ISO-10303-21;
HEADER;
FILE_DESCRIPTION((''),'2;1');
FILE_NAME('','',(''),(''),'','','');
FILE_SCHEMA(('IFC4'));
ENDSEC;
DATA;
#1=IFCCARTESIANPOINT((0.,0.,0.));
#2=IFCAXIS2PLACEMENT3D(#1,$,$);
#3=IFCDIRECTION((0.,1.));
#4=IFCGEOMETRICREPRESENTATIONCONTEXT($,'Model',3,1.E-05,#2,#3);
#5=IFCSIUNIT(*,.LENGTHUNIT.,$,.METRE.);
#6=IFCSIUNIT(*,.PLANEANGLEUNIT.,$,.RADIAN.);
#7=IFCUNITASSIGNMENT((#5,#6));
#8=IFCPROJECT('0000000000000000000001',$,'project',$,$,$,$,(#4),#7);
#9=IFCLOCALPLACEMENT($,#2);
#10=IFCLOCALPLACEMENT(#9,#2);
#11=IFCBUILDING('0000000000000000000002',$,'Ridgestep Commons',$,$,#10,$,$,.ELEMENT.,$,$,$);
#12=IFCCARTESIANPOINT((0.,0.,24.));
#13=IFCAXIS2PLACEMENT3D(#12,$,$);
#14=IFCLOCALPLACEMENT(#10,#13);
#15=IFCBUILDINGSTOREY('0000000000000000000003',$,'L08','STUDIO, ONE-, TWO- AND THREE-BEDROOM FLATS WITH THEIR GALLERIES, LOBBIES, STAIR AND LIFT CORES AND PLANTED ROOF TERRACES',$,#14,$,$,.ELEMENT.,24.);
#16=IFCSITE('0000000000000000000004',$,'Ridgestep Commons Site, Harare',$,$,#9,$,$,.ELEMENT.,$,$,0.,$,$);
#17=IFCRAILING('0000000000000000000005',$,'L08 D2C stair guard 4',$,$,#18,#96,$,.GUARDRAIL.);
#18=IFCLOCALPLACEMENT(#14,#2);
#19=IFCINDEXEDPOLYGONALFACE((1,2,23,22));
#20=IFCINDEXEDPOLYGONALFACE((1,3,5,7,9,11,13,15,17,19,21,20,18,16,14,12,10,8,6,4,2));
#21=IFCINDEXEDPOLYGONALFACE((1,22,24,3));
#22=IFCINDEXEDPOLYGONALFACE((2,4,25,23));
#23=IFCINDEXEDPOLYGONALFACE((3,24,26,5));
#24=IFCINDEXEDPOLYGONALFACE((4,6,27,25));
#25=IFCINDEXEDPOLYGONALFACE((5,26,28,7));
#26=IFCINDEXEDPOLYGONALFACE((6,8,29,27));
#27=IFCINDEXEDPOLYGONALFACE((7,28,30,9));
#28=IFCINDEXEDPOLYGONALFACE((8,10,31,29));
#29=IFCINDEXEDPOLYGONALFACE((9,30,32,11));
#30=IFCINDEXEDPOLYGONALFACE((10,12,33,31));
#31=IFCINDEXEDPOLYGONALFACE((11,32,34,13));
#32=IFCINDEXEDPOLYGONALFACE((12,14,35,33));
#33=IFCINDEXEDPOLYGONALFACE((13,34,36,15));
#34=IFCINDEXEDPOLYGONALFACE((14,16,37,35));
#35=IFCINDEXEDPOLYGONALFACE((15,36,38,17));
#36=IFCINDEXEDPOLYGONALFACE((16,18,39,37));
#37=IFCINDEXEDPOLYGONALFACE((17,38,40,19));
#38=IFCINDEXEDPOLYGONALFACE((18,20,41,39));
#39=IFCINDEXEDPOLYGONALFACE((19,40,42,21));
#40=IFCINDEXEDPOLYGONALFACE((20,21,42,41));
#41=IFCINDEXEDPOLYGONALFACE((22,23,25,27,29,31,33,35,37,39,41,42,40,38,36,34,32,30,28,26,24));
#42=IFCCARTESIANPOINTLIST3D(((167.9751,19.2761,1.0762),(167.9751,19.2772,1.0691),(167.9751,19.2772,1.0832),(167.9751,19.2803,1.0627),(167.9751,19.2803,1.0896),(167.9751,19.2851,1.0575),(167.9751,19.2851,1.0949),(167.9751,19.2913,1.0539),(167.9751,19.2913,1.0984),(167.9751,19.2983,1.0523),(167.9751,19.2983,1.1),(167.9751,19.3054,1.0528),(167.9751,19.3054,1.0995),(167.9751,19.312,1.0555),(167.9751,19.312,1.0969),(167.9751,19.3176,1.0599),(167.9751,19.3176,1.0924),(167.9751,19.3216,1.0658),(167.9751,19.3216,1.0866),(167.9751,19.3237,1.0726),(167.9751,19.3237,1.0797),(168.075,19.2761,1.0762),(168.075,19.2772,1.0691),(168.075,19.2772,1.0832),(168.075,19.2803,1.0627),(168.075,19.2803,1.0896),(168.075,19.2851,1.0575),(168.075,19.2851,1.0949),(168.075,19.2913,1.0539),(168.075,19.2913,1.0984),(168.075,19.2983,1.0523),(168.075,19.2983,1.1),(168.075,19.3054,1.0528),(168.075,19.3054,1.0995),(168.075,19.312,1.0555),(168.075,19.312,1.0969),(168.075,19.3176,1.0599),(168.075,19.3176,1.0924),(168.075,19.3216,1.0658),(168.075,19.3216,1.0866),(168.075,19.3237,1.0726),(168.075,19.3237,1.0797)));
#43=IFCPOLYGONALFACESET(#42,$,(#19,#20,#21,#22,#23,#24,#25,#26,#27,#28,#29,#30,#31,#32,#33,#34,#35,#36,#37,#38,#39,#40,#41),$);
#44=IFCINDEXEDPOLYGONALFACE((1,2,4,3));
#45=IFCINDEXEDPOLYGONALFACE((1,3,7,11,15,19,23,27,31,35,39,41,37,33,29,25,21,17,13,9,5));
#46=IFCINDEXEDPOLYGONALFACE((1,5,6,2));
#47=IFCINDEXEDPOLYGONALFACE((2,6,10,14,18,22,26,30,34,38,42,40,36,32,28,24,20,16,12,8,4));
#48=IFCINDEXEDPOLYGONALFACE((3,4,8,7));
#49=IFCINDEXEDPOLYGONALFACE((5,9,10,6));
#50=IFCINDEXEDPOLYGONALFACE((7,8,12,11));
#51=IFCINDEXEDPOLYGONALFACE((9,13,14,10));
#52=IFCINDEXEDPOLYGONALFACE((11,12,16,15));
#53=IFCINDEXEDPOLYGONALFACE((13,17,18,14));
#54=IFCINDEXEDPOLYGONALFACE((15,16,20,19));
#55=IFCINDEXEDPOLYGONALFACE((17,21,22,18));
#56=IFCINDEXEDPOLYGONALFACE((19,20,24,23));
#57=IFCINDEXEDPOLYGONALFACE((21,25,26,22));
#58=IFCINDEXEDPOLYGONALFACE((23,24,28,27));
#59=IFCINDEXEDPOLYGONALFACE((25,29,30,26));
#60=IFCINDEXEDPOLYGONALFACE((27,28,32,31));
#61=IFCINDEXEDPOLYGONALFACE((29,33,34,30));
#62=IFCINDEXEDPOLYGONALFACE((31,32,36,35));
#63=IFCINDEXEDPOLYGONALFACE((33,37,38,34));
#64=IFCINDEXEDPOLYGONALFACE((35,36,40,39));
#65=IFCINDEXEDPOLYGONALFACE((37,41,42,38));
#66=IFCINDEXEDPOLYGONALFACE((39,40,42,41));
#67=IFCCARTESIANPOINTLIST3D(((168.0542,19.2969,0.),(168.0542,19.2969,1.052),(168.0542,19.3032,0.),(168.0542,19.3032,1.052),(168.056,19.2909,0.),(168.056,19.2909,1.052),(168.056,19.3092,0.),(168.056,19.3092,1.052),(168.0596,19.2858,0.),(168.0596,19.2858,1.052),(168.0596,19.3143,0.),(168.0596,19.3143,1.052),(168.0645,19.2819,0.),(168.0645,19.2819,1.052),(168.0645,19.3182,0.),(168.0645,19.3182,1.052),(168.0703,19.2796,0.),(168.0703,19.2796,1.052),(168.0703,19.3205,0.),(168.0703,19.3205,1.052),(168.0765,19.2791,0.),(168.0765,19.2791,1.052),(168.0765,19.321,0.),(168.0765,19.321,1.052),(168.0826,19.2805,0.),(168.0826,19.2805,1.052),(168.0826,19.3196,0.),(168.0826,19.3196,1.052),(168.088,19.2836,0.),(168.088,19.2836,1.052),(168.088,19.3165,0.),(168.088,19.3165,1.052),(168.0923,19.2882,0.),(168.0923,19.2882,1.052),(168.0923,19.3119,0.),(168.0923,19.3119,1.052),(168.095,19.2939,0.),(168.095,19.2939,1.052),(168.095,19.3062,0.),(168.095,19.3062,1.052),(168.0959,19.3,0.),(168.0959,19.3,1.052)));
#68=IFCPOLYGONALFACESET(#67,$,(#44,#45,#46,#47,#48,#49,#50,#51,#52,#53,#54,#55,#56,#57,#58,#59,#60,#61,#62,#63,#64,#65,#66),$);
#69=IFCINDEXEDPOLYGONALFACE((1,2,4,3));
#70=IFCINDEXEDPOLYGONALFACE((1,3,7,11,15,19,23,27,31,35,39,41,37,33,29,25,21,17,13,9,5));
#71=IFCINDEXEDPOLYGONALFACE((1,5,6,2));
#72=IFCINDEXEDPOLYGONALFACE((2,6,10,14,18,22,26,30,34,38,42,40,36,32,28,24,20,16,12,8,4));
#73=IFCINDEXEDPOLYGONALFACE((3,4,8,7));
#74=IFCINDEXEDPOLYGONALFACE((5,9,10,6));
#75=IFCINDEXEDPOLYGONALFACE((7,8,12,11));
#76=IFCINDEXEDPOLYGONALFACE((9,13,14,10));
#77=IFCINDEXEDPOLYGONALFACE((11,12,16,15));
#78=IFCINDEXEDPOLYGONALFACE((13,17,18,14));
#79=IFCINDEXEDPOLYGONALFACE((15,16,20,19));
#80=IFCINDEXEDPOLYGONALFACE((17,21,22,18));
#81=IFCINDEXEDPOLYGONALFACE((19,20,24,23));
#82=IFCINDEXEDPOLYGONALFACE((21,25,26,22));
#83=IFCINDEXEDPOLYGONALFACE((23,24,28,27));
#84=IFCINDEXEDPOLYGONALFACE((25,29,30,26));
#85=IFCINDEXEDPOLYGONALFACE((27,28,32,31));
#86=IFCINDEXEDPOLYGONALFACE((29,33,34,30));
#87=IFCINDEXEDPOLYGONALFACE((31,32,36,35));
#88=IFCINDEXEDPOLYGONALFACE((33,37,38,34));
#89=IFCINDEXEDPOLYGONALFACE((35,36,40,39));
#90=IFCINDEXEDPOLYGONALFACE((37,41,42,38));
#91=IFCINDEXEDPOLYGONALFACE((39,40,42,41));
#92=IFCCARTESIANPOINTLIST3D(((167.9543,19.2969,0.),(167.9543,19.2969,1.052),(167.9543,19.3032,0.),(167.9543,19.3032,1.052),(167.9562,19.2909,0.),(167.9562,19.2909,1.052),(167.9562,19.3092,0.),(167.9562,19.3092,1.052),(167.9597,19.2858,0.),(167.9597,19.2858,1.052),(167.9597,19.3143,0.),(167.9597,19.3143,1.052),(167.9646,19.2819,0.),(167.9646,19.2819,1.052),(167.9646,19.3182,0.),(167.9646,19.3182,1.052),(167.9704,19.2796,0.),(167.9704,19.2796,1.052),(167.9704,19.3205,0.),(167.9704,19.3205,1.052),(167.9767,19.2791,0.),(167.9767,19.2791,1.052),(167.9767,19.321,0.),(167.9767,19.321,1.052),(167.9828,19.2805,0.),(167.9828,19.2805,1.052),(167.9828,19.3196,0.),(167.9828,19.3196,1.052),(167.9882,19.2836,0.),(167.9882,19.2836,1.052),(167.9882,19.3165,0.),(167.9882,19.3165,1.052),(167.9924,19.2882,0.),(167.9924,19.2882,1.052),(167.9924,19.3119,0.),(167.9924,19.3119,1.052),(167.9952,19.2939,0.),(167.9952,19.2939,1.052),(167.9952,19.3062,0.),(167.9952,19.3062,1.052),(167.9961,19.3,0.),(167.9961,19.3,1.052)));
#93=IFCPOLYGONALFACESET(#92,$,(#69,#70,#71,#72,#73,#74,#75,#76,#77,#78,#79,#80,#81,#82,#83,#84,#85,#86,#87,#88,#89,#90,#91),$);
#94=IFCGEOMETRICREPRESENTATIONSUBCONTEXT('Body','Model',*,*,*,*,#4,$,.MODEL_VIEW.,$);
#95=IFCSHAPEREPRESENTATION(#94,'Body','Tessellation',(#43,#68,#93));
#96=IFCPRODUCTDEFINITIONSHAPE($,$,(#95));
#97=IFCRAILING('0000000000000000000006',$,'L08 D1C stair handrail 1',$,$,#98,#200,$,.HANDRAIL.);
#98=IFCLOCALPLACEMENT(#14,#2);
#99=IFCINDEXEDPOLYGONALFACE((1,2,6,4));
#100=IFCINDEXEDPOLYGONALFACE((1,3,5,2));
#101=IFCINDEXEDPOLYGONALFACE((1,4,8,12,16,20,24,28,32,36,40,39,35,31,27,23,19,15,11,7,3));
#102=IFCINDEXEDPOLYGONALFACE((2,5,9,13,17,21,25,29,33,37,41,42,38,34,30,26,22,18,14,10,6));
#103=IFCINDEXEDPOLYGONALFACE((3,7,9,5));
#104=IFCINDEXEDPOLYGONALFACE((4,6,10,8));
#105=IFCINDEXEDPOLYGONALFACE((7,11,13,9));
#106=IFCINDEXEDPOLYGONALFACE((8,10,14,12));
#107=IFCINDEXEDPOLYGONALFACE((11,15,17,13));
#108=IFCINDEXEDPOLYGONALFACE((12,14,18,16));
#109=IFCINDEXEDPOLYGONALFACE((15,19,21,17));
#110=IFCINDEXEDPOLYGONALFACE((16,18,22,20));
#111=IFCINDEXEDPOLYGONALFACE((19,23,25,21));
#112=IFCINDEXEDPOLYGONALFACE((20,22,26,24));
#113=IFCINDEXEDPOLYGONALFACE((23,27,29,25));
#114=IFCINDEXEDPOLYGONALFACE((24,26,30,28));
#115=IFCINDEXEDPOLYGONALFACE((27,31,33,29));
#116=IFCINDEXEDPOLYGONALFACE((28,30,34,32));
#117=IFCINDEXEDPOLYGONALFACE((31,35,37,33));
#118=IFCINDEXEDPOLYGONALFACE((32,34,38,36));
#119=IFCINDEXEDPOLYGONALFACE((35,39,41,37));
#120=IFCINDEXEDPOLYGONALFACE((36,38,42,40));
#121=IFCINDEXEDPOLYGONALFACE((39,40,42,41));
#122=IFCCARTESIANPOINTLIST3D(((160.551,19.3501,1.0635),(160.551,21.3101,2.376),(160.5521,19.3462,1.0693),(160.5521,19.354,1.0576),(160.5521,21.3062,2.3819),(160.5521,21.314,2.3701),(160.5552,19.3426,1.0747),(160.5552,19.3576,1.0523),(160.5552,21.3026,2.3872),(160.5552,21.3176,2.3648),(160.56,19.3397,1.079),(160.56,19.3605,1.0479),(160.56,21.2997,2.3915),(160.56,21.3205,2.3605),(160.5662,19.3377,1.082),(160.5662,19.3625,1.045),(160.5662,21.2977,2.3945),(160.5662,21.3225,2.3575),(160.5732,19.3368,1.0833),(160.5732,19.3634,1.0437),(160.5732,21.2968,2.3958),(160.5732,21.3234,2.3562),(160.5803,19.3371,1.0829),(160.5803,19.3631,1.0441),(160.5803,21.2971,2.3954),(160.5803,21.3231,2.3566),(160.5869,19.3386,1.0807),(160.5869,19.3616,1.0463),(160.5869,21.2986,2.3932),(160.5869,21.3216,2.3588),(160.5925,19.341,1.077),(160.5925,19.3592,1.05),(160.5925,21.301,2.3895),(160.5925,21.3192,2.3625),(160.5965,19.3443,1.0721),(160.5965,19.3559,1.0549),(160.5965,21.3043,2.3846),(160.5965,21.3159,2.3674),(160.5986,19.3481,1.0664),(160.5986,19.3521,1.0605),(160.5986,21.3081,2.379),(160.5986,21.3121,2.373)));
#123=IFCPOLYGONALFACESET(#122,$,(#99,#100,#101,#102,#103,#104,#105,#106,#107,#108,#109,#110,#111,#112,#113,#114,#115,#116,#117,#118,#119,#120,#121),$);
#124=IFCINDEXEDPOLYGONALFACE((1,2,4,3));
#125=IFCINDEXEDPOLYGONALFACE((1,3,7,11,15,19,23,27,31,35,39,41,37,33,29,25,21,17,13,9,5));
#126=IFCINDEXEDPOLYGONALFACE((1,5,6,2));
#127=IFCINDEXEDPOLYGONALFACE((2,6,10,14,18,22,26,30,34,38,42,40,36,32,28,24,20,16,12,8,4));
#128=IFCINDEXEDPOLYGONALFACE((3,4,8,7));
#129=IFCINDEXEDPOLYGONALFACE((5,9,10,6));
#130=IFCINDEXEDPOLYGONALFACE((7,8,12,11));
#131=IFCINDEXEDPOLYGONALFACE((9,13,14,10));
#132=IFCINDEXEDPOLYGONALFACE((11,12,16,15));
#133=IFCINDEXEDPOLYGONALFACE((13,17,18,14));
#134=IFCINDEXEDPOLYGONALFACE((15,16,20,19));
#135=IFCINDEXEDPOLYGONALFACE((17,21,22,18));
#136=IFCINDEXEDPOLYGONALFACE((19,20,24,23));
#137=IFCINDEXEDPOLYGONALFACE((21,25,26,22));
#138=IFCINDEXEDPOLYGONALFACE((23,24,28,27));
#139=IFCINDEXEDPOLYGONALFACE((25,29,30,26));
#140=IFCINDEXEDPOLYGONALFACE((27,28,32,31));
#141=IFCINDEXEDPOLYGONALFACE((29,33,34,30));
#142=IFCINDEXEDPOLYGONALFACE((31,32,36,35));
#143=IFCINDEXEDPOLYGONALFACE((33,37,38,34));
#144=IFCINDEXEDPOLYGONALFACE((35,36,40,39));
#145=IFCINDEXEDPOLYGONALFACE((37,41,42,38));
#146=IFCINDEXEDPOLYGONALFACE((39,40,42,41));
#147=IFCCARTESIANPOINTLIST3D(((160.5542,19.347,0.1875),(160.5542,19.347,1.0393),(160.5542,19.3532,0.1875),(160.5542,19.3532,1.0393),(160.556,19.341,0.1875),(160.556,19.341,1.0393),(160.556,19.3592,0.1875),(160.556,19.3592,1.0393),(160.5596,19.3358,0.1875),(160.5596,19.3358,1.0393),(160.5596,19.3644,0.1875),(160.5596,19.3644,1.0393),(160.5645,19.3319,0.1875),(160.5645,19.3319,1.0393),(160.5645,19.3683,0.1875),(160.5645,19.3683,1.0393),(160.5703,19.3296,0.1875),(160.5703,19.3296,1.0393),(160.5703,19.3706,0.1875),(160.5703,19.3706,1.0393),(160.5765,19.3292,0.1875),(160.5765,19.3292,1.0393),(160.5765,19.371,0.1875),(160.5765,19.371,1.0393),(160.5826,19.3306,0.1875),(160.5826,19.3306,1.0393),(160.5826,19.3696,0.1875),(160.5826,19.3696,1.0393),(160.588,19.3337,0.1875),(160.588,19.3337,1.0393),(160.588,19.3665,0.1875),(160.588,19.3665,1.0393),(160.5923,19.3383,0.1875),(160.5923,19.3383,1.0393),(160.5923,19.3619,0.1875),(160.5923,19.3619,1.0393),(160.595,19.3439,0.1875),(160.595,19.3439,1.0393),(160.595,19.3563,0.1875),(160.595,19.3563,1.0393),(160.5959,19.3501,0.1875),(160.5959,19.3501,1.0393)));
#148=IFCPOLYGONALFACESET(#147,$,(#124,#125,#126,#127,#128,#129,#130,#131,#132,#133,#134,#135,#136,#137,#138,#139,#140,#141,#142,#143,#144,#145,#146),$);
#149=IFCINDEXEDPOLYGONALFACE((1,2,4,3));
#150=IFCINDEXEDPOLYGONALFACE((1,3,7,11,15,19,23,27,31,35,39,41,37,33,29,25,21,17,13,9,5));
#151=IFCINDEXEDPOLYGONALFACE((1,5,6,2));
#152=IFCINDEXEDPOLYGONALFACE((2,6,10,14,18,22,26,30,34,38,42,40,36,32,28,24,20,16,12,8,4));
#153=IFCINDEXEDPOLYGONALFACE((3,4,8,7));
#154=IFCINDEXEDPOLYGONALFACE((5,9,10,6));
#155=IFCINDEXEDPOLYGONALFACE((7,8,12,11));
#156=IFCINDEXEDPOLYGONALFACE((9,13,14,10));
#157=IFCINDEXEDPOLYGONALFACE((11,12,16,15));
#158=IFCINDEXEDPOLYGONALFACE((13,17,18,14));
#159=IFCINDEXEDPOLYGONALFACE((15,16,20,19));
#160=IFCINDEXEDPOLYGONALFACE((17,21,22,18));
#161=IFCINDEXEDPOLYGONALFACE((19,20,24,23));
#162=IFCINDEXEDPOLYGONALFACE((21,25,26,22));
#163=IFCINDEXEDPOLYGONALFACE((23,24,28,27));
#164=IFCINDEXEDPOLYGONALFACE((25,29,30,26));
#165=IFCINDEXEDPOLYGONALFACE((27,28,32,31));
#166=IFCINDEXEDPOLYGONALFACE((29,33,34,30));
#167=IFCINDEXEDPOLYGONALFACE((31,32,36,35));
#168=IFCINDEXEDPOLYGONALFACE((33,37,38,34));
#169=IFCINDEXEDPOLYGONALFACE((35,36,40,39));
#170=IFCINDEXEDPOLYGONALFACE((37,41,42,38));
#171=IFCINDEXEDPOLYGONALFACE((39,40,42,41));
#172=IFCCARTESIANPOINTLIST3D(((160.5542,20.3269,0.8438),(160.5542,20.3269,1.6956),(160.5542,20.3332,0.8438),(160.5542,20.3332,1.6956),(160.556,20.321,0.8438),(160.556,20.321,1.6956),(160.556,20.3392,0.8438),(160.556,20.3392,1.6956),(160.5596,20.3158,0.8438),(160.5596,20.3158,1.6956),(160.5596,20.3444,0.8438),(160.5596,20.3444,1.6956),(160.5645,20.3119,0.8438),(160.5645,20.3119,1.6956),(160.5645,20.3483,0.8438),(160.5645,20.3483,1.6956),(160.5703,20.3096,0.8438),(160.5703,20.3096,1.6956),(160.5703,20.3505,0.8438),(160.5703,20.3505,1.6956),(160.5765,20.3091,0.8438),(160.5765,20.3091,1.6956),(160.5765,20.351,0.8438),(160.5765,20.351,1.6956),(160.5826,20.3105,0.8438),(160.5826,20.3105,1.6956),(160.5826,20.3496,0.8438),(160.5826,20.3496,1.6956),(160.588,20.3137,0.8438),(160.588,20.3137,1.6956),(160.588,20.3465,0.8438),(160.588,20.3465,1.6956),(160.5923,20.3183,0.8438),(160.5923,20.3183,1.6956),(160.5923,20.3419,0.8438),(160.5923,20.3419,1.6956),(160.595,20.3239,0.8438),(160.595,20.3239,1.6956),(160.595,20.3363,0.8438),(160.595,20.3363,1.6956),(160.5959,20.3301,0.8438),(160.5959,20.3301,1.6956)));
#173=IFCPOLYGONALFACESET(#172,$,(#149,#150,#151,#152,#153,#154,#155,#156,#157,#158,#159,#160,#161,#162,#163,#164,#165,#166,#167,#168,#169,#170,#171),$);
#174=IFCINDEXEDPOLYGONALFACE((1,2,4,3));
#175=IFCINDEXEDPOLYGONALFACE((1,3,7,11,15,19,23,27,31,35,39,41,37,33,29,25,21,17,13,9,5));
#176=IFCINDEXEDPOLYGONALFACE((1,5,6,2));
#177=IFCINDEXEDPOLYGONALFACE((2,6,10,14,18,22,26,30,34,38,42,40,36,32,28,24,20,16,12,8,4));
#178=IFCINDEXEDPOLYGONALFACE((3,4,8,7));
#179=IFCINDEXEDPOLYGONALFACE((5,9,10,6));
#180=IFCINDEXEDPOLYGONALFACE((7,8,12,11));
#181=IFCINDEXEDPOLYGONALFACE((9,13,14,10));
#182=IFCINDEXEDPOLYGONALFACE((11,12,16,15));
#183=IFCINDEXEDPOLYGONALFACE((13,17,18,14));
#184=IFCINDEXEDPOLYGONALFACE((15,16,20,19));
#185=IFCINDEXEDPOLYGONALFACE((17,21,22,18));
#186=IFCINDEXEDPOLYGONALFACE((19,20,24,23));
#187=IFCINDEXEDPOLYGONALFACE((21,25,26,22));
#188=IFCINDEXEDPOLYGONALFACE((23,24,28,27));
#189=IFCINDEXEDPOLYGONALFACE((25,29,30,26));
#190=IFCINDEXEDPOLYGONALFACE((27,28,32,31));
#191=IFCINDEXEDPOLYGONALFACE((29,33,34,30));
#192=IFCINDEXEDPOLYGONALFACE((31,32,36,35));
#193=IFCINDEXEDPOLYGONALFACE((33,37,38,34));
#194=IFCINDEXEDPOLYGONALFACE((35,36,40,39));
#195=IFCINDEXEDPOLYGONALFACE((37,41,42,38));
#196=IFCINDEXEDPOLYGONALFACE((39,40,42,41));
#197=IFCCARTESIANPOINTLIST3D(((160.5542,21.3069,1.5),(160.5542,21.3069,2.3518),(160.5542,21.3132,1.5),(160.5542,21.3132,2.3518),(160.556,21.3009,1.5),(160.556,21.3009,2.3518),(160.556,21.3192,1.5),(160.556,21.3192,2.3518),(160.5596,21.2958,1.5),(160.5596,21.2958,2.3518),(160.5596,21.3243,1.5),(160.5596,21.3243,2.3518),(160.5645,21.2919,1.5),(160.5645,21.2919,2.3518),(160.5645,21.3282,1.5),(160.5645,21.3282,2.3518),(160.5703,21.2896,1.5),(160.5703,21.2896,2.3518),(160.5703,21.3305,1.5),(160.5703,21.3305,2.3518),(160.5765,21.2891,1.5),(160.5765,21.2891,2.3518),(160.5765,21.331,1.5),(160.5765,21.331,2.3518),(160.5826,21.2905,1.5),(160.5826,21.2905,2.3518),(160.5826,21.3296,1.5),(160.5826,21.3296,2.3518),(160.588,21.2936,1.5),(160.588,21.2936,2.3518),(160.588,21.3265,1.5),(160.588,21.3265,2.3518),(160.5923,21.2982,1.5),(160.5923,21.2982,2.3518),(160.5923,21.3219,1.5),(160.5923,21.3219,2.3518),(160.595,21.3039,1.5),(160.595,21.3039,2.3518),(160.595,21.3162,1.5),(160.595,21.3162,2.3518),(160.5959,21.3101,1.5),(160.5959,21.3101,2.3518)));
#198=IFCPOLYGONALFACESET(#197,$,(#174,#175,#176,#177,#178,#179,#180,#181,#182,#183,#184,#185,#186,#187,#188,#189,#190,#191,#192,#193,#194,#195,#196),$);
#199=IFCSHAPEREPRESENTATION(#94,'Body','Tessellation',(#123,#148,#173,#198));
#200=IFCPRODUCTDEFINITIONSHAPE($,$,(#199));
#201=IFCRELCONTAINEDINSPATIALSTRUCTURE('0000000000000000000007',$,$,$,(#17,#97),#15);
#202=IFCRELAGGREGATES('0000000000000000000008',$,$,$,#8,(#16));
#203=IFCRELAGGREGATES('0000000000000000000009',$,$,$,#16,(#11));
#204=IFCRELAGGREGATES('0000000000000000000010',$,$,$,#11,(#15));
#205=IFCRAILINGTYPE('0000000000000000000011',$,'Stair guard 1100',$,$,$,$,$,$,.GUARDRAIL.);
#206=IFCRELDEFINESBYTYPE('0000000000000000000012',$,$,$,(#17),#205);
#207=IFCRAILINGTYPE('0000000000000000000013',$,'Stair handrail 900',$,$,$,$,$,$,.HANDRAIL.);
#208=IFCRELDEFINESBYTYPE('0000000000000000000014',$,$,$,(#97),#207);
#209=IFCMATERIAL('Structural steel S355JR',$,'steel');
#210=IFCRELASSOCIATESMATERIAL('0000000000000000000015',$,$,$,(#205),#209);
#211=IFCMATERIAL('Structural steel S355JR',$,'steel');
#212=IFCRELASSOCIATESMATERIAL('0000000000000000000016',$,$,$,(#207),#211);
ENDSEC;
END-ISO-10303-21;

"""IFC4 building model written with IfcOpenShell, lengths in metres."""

from ifc_helpers import new_model, si_unit, direction, frame, origin, origin_2d, place, context, subcontext, project, spatial, circle, extrude, material, type_object, element, save


model = new_model("IFC4")

# Units and contexts
model_context = context("Model", 3, precision=1e-05, world=origin(), true_north=direction((0.0, 1.0)))
body_context = subcontext(model_context, "Body", "Model", "MODEL_VIEW")
ifc_project = project(units=[si_unit("LENGTHUNIT", "METRE"), si_unit("PLANEANGLEUNIT", "RADIAN")], contexts=[model_context])

# Site, building, storey
site_placement = place(None, origin())
site = spatial("IfcSite", under=ifc_project, at=site_placement, Name="Ridgestep Commons Site, Harare", CompositionType="ELEMENT", RefElevation=0.0)
building_placement = place(site_placement, origin())
building = spatial("IfcBuilding", under=site, at=building_placement, Name="Ridgestep Commons", CompositionType="ELEMENT")
storey_placement = place(building_placement, frame((0.0, 0.0, 24.0)))
storey = spatial("IfcBuildingStorey", under=building, at=storey_placement, Name="L08", Description="STUDIO, ONE-, TWO- AND THREE-BEDROOM FLATS WITH THEIR GALLERIES, LOBBIES, STAIR AND LIFT CORES AND PLANTED ROOF TERRACES", CompositionType="ELEMENT", Elevation=24.0)

# Railings
ifc_material_1 = material(Name="Structural steel S355JR", Category="steel")
railing_type_1 = type_object("IfcRailingType", Name="Stair guard 1100", PredefinedType="GUARDRAIL", material=ifc_material_1)
railing_1_placement = place(storey_placement, frame((168.075, 19.3, 0.0)))
element("IfcRailing", 1, at=railing_1_placement, inside=storey, type_object=railing_type_1, Name="L08 D2C stair guard 4", PredefinedType="GUARDRAIL", context=body_context, shape_type="SweptSolid", body=[
    extrude(circle(Radius=0.0239, at=origin_2d()), frame((0.0, 0.0, 1.0762), z_axis=(-1.0, 0.0, 0.0), x_axis=(0.0, -1.0, 0.0)), (0.0, 0.0, 1.0), 0.0999),
    extrude(circle(Radius=0.021, at=origin_2d()), origin(), (0.0, 0.0, 1.0), 1.052),
    extrude(circle(Radius=0.021, at=origin_2d()), frame((-0.0999, 0.0, 0.0)), (0.0, 0.0, 1.0), 1.052),
])
ifc_material_2 = material(Name="Structural steel S355JR", Category="steel")
railing_type_2 = type_object("IfcRailingType", Name="Stair handrail 900", PredefinedType="HANDRAIL", material=ifc_material_2)
railing_2_placement = place(storey_placement, frame((160.575, 19.3501, 0.1875)))
element("IfcRailing", 2, at=railing_2_placement, inside=storey, type_object=railing_type_2, Name="L08 D1C stair handrail 1", PredefinedType="HANDRAIL", context=body_context, shape_type="SweptSolid", body=[
    extrude(circle(Radius=0.0239, at=origin_2d()), frame((0.0, 0.0, 0.876), z_axis=(0.0, 0.830902, 0.556419), x_axis=(-1.0, 0.0, 0.0)), (0.0, 0.0, 1.0), 2.3589),
    extrude(circle(Radius=0.021, at=origin_2d()), origin(), (0.0, 0.0, 1.0), 0.8518),
    extrude(circle(Radius=0.021, at=origin_2d()), frame((0.0, 0.98, 0.6562)), (0.0, 0.0, 1.0), 0.8518),
    extrude(circle(Radius=0.021, at=origin_2d()), frame((0.0, 1.96, 1.3125)), (0.0, 0.0, 1.0), 0.8518),
])

save(model, "model.ifc")
